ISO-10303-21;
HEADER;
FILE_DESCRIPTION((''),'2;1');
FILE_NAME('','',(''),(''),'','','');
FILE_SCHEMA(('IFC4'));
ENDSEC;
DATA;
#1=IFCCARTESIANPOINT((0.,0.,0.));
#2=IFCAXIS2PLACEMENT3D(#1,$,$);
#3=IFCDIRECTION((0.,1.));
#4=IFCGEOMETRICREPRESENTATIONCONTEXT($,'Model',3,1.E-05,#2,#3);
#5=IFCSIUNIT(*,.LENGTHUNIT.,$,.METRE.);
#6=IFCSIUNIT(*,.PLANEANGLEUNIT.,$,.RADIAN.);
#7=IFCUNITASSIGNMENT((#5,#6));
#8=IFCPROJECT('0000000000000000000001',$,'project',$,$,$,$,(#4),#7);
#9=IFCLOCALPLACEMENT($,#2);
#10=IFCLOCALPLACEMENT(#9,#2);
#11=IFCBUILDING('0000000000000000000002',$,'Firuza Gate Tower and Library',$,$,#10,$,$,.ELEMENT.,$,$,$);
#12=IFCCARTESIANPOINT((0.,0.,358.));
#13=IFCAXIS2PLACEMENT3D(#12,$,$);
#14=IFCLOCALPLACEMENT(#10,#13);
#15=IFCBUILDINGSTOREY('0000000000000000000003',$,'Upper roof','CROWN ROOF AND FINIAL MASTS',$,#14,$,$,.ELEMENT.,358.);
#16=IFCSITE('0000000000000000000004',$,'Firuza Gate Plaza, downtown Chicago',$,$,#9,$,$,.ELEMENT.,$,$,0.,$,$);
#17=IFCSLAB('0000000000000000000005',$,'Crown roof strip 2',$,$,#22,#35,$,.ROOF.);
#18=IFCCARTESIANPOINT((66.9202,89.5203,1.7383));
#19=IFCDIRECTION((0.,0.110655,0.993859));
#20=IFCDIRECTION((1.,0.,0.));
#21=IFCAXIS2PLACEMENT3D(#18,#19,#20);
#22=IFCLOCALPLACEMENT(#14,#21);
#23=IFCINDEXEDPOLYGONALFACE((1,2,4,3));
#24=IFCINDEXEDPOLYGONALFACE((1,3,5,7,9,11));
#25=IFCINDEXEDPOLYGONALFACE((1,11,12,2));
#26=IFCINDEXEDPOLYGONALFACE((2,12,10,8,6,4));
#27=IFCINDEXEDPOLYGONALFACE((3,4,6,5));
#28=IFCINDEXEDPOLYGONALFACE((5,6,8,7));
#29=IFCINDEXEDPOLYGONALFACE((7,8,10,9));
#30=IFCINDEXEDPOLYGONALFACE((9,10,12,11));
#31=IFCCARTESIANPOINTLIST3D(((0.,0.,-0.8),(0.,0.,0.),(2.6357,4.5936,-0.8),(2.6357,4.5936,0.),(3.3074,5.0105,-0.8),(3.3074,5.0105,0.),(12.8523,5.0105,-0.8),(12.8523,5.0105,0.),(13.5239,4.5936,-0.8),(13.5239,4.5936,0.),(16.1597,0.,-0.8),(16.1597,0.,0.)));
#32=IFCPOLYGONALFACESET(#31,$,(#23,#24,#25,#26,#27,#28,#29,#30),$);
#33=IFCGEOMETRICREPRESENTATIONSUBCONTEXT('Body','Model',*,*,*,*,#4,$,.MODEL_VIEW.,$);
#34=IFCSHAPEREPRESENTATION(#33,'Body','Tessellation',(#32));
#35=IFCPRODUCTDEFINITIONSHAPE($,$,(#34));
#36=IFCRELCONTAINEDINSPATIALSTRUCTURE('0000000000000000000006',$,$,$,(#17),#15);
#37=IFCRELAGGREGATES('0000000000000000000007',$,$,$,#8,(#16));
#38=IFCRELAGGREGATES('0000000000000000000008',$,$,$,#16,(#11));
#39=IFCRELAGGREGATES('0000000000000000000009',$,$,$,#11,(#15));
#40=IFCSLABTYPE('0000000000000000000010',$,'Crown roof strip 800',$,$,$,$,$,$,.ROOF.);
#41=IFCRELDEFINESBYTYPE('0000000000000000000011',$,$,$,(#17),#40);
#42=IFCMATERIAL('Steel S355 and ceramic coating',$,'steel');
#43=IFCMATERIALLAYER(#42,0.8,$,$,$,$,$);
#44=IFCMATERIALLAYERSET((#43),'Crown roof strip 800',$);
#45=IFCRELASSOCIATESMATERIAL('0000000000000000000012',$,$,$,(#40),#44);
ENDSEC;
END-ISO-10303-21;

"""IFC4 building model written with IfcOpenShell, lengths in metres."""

from ifc_helpers import new_model, si_unit, direction, frame, origin, place, context, subcontext, project, spatial, polyline, outline, extrude, material, layer, layer_set, type_object, element, save


model = new_model("IFC4")

# Units and contexts
model_context = context("Model", 3, precision=1e-05, world=origin(), true_north=direction((0.0, 1.0)))
body_context = subcontext(model_context, "Body", "Model", "MODEL_VIEW")
ifc_project = project(units=[si_unit("LENGTHUNIT", "METRE"), si_unit("PLANEANGLEUNIT", "RADIAN")], contexts=[model_context])

# Site, building, storey
site_placement = place(None, origin())
site = spatial("IfcSite", under=ifc_project, at=site_placement, Name="Firuza Gate Plaza, downtown Chicago", CompositionType="ELEMENT", RefElevation=0.0)
building_placement = place(site_placement, origin())
building = spatial("IfcBuilding", under=site, at=building_placement, Name="Firuza Gate Tower and Library", CompositionType="ELEMENT")
storey_placement = place(building_placement, frame((0.0, 0.0, 358.0)))
storey = spatial("IfcBuildingStorey", under=building, at=storey_placement, Name="Upper roof", Description="CROWN ROOF AND FINIAL MASTS", CompositionType="ELEMENT", Elevation=358.0)

# Slab
ifc_material_1 = material(Name="Steel S355 and ceramic coating", Category="steel")
ifc_layer_1 = layer(ifc_material_1, 0.8)
ifc_layer_set_1 = layer_set([ifc_layer_1], Name="Crown roof strip 800")
slab_type = type_object("IfcSlabType", Name="Crown roof strip 800", PredefinedType="ROOF", material=ifc_layer_set_1)
slab_1_placement = place(storey_placement, frame((66.9202, 89.5203, 1.7383), z_axis=(0.0, 0.110655, 0.993859), x_axis=(1.0, 0.0, 0.0)))
element("IfcSlab", 1, at=slab_1_placement, inside=storey, type_object=slab_type, Name="Crown roof strip 2", PredefinedType="ROOF", context=body_context, shape_type="SweptSolid", body=[
    extrude(outline(polyline([(0.0, 0.0), (16.1597, 0.0), (13.5239, 4.5936), (12.8523, 5.0105), (3.3074, 5.0105), (2.6357, 4.5936), (0.0, 0.0)])), origin(), (0.0, 0.0, -1.0), 0.8),
])

save(model, "model.ifc")
